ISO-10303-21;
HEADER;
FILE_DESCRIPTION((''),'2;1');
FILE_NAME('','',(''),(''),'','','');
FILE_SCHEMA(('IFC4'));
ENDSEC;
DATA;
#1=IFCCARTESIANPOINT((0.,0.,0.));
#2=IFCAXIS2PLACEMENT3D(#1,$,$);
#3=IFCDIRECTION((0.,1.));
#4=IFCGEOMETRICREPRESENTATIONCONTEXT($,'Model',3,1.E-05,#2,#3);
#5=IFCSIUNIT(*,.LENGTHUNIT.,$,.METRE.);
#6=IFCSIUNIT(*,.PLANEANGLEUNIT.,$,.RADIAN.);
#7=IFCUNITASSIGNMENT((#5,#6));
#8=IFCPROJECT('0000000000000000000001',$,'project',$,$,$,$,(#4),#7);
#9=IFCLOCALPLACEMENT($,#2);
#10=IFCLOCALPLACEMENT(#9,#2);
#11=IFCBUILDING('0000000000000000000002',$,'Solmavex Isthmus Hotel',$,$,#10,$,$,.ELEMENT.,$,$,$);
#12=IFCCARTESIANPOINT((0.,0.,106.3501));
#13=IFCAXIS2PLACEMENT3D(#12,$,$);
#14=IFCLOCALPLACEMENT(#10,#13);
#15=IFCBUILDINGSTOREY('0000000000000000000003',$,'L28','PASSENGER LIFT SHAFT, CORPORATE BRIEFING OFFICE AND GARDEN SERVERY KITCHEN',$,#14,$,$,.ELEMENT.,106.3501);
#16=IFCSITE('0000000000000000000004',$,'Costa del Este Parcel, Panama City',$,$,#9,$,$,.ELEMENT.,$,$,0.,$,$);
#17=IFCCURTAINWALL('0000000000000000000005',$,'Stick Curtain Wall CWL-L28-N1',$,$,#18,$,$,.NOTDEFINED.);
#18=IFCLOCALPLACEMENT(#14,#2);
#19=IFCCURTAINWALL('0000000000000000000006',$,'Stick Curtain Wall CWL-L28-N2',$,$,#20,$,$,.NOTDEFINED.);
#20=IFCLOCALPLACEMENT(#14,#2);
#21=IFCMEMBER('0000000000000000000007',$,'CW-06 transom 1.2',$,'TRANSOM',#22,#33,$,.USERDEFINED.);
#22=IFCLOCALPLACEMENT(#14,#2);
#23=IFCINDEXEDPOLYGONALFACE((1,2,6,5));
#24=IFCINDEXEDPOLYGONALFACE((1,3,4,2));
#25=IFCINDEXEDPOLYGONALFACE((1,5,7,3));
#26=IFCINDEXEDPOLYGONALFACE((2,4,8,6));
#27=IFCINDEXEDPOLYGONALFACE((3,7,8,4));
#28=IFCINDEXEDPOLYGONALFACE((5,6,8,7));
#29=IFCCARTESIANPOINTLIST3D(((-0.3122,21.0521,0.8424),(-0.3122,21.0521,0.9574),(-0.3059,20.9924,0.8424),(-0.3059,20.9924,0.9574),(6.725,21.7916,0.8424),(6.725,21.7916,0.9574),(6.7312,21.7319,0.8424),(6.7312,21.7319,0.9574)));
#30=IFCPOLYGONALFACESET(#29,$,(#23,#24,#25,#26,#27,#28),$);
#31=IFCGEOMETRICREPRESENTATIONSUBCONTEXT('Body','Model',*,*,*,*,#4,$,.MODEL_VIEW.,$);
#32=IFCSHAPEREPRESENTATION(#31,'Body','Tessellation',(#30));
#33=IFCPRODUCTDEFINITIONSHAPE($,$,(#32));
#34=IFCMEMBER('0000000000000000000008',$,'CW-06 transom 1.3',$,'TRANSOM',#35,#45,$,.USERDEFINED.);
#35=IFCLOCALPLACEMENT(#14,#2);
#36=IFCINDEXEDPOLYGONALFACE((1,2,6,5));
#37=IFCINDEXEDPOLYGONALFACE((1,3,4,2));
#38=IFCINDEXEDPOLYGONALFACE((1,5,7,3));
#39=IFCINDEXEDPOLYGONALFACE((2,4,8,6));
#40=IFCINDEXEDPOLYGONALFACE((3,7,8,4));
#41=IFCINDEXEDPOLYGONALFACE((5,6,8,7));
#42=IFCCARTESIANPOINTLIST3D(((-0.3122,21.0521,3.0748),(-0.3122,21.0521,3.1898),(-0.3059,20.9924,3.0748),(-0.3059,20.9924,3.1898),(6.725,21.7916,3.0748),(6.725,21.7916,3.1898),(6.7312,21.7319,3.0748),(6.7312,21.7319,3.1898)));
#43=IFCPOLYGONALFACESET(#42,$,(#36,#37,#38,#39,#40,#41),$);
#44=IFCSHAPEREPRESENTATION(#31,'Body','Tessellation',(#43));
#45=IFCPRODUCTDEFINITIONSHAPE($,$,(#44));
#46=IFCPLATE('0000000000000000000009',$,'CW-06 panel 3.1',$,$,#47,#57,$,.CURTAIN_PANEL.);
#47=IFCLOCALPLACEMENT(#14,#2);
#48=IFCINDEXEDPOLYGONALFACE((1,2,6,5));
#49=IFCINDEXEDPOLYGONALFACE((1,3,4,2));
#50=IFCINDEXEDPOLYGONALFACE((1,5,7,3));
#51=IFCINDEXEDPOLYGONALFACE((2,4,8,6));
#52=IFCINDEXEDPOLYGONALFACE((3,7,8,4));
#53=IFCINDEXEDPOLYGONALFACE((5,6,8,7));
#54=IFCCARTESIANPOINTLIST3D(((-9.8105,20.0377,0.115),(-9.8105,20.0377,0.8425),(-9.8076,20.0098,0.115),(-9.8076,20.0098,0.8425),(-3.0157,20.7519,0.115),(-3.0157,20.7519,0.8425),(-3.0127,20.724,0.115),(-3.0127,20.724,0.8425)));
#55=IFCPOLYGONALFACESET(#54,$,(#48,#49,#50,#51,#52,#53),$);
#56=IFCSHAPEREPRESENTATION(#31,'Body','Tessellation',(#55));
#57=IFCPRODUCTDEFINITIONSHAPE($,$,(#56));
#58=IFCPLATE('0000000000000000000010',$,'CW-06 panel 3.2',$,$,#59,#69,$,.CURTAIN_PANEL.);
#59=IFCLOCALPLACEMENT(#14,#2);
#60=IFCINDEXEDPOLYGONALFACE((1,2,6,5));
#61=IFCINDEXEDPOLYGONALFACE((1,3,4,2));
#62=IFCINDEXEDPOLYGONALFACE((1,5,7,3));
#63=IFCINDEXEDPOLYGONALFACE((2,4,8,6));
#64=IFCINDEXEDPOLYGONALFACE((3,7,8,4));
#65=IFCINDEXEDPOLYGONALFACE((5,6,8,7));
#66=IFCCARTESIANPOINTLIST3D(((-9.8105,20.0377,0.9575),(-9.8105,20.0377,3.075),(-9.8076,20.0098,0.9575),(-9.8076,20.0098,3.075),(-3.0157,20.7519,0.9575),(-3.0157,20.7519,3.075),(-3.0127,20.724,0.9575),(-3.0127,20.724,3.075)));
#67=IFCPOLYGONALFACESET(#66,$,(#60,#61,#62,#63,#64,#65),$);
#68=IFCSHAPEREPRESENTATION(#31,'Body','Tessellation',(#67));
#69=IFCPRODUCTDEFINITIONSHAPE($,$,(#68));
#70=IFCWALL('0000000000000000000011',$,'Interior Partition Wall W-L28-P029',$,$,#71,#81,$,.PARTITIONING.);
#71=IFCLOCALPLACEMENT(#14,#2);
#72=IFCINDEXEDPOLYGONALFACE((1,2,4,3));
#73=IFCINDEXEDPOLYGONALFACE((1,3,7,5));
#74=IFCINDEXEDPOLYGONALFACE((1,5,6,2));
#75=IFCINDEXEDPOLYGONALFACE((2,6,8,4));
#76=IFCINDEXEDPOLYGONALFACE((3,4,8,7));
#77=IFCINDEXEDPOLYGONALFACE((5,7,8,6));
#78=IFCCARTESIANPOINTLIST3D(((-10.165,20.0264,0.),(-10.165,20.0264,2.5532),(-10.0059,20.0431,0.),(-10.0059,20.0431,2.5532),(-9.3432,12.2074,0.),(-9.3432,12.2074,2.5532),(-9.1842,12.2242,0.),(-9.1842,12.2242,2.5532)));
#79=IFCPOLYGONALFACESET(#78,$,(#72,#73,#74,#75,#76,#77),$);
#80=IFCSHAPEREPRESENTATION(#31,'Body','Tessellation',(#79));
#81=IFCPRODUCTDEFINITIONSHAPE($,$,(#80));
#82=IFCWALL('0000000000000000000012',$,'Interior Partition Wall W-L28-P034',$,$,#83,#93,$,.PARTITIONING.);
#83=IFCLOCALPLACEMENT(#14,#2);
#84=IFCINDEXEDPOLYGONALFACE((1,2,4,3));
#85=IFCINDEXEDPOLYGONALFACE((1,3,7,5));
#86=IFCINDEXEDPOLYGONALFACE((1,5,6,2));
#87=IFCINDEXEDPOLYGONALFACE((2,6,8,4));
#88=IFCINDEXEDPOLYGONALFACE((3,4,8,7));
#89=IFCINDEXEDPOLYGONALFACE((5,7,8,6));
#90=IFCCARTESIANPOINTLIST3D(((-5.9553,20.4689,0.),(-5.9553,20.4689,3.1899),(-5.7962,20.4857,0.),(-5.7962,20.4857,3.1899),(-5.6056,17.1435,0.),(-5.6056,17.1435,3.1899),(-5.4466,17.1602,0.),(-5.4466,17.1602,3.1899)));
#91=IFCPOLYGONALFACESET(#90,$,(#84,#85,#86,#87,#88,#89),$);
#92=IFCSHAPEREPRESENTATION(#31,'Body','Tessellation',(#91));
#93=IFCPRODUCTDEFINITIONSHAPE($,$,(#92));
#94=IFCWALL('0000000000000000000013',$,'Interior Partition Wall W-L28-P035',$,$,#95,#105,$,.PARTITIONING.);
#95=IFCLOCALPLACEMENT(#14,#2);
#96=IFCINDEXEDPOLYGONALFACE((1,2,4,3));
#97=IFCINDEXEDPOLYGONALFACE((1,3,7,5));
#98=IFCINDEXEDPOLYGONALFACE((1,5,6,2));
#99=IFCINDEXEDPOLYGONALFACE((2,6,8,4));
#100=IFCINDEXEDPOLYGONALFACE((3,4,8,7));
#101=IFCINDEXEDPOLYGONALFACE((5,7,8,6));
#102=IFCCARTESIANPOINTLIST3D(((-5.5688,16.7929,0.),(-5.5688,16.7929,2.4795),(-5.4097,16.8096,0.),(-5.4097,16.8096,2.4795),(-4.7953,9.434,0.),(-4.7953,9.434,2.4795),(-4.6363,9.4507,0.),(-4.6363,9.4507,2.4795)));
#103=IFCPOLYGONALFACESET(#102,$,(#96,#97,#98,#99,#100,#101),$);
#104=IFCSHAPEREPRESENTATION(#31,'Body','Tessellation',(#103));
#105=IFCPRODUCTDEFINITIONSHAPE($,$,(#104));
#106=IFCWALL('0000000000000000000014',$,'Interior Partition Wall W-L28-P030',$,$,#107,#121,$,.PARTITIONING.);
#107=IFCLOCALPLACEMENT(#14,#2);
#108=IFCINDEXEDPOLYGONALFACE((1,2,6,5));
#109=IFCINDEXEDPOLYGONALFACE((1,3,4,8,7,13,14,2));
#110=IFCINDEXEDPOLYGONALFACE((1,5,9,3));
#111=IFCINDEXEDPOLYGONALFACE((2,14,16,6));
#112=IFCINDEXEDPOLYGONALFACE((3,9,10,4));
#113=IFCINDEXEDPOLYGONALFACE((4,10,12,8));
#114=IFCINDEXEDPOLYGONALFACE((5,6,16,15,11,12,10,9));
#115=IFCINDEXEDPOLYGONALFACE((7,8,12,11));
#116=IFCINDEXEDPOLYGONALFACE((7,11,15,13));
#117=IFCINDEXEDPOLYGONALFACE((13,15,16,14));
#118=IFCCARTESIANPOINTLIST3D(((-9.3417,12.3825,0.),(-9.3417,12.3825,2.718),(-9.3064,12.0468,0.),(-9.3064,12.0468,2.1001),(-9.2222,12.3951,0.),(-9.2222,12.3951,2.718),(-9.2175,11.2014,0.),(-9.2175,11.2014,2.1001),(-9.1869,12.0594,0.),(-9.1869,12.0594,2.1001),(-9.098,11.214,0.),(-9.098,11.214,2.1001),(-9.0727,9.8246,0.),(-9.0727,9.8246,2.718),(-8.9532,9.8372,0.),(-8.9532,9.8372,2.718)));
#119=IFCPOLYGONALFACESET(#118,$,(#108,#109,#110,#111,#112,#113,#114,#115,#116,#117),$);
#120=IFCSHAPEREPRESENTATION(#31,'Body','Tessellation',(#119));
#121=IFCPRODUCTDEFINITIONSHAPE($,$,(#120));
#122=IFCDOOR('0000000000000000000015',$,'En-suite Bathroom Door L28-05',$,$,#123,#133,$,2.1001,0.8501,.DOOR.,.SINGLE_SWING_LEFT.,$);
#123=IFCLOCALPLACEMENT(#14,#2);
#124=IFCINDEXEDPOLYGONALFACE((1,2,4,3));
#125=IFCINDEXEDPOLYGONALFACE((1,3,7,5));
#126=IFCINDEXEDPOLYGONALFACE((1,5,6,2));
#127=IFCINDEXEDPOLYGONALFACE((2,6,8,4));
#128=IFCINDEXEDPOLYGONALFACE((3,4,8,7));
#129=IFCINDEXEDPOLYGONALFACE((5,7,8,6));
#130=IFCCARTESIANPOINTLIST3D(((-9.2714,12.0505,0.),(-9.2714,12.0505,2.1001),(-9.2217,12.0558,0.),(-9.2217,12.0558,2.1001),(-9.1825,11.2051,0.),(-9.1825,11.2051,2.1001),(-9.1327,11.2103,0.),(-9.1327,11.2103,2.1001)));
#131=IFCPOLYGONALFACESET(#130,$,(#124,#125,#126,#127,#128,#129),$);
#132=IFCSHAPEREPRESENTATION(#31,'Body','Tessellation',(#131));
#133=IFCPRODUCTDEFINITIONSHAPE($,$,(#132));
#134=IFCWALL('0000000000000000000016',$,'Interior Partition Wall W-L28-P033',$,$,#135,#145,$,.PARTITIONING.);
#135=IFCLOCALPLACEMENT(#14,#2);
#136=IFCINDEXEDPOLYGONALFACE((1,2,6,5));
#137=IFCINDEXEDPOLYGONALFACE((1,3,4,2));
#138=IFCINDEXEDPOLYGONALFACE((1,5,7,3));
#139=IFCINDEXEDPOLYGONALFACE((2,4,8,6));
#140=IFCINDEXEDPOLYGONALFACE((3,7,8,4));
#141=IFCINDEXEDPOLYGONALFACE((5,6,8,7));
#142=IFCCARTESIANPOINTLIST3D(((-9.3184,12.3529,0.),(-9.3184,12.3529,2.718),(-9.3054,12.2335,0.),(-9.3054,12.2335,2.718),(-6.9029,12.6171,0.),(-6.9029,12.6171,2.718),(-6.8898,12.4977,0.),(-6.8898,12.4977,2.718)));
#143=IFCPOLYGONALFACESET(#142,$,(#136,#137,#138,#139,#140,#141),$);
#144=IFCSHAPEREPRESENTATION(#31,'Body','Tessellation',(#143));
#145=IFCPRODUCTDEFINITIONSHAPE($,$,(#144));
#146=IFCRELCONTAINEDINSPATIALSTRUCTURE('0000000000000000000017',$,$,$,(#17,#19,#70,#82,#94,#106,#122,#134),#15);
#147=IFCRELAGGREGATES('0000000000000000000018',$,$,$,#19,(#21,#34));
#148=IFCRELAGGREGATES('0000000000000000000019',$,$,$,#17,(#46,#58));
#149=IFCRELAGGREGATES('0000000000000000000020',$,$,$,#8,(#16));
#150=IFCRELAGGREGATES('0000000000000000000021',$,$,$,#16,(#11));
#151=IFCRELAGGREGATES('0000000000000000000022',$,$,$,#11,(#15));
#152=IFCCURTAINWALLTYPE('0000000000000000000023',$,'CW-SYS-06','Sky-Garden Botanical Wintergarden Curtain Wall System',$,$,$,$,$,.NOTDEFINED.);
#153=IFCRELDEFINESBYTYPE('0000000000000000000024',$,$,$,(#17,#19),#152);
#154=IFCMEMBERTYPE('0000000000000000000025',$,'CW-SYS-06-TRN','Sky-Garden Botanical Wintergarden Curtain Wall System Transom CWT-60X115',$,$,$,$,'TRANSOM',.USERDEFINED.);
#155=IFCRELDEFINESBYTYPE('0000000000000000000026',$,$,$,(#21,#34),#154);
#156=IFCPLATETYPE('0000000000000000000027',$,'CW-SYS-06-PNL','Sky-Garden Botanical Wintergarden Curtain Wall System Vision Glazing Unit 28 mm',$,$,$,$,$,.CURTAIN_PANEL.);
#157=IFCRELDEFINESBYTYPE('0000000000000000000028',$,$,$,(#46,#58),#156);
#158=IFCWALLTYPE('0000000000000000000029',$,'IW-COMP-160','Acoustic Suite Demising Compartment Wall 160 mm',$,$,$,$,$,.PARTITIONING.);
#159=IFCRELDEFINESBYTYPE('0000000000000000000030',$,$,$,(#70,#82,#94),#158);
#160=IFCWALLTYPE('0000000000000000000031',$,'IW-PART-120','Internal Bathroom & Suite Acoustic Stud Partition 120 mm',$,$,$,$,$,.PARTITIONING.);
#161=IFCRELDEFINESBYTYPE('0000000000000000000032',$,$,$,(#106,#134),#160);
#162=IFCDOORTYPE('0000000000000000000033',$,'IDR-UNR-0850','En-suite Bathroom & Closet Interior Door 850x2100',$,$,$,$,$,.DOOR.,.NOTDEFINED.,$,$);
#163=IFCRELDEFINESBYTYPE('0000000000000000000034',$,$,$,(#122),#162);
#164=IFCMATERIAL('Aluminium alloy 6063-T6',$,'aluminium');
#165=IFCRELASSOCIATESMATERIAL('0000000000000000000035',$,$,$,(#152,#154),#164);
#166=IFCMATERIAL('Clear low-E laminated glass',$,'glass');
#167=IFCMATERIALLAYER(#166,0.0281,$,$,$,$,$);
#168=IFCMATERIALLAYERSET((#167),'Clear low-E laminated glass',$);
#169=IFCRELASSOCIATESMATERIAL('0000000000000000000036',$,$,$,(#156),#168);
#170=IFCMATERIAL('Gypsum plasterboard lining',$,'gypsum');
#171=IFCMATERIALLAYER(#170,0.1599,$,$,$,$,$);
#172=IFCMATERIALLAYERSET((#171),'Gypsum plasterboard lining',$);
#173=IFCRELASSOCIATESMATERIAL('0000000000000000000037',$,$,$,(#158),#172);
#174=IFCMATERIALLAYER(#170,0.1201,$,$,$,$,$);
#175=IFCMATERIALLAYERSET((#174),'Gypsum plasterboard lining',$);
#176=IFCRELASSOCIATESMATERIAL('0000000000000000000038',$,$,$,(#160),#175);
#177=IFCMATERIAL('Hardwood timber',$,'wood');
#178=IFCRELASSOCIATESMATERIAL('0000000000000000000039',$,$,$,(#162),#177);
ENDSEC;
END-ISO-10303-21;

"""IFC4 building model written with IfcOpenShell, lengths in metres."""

from ifc_helpers import new_model, si_unit, direction, frame, frame_2d, origin, origin_2d, place, context, subcontext, project, spatial, rectangle, extrude, material, layer, layer_set, material_profile, profile_set, type_object, element, fill, aggregate, save


model = new_model("IFC4")

# Units and contexts
model_context = context("Model", 3, precision=1e-05, world=origin(), true_north=direction((0.0, 1.0)))
body_context = subcontext(model_context, "Body", "Model", "MODEL_VIEW")
ifc_project = project(units=[si_unit("LENGTHUNIT", "METRE"), si_unit("PLANEANGLEUNIT", "RADIAN")], contexts=[model_context])

# Site, building, storey
site_placement = place(None, origin())
site = spatial("IfcSite", under=ifc_project, at=site_placement, Name="Costa del Este Parcel, Panama City", CompositionType="ELEMENT", RefElevation=0.0)
building_placement = place(site_placement, origin())
building = spatial("IfcBuilding", under=site, at=building_placement, Name="Solmavex Isthmus Hotel", CompositionType="ELEMENT")
storey_placement = place(building_placement, frame((0.0, 0.0, 106.3501)))
storey = spatial("IfcBuildingStorey", under=building, at=storey_placement, Name="L28", Description="PASSENGER LIFT SHAFT, CORPORATE BRIEFING OFFICE AND GARDEN SERVERY KITCHEN", CompositionType="ELEMENT", Elevation=106.3501)

# Curtain wall
ifc_material_1 = material(Name="Aluminium alloy 6063-T6", Category="aluminium")
curtain_wall_type = type_object("IfcCurtainWallType", Name="CW-SYS-06", Description="Sky-Garden Botanical Wintergarden Curtain Wall System", PredefinedType="NOTDEFINED", material=ifc_material_1)
curtain_wall_1_placement = place(storey_placement, origin())
curtain_wall_1 = element("IfcCurtainWall", 1, at=curtain_wall_1_placement, inside=storey, type_object=curtain_wall_type, Name="Stick Curtain Wall CWL-L28-N1", PredefinedType="NOTDEFINED")

# Curtain wall
curtain_wall_2_placement = place(storey_placement, origin())
curtain_wall_2 = element("IfcCurtainWall", 2, at=curtain_wall_2_placement, inside=storey, type_object=curtain_wall_type, Name="Stick Curtain Wall CWL-L28-N2", PredefinedType="NOTDEFINED")

# Members
ifc_material_profile_1 = material_profile(ifc_material_1, rectangle(XDim=0.0601, YDim=0.115, at=origin_2d()), Name="CWT-60X115")
ifc_profile_set_1 = profile_set([ifc_material_profile_1], Name="Aluminium alloy 6063-T6")
member_type_1 = type_object("IfcMemberType", Name="CW-SYS-06-TRN", Description="Sky-Garden Botanical Wintergarden Curtain Wall System Transom CWT-60X115", ElementType="TRANSOM", PredefinedType="USERDEFINED", material=ifc_profile_set_1)
member_1_placement = place(storey_placement, frame((-0.3091, 21.0222, 0.8999), z_axis=(0.994524, 0.104511, 0.0), x_axis=(-0.104511, 0.994524, 0.0)))
member_1 = element("IfcMember", 3, at=member_1_placement, type_object=member_type_1, Name="CW-06 transom 1.2", ObjectType="TRANSOM", PredefinedType="USERDEFINED", context=body_context, shape_type="SweptSolid", body=[
    extrude(rectangle(XDim=0.0601, YDim=0.115, at=origin_2d()), origin(), (0.0, 0.0, 1.0), 7.0759),
])
member_2_placement = place(storey_placement, frame((-0.3091, 21.0222, 3.1323), z_axis=(0.994524, 0.104511, 0.0), x_axis=(-0.104511, 0.994524, 0.0)))
member_2 = element("IfcMember", 4, at=member_2_placement, type_object=member_type_1, Name="CW-06 transom 1.3", ObjectType="TRANSOM", PredefinedType="USERDEFINED", context=body_context, shape_type="SweptSolid", body=[
    extrude(rectangle(XDim=0.0601, YDim=0.115, at=origin_2d()), origin(), (0.0, 0.0, 1.0), 7.0759),
])
aggregate(curtain_wall_2, [member_1, member_2])

# Plates
ifc_material_2 = material(Name="Clear low-E laminated glass", Category="glass")
ifc_layer_1 = layer(ifc_material_2, 0.0281)
ifc_layer_set_1 = layer_set([ifc_layer_1], Name="Clear low-E laminated glass")
plate_type = type_object("IfcPlateType", Name="CW-SYS-06-PNL", Description="Sky-Garden Botanical Wintergarden Curtain Wall System Vision Glazing Unit 28 mm", PredefinedType="CURTAIN_PANEL", material=ifc_layer_set_1)
plate_1_placement = place(storey_placement, frame((-6.4116, 20.3809, 0.115), z_axis=(0.0, 0.0, 1.0), x_axis=(0.994522, 0.104528, 0.0)))
plate_1 = element("IfcPlate", 5, at=plate_1_placement, type_object=plate_type, Name="CW-06 panel 3.1", PredefinedType="CURTAIN_PANEL", context=body_context, shape_type="SweptSolid", body=[
    extrude(rectangle(XDim=6.8323, YDim=0.0281, at=origin_2d()), origin(), (0.0, 0.0, 1.0), 0.7275),
])
plate_2_placement = place(storey_placement, frame((-6.4116, 20.3809, 0.9575), z_axis=(0.0, 0.0, 1.0), x_axis=(0.994522, 0.104528, 0.0)))
plate_2 = element("IfcPlate", 6, at=plate_2_placement, type_object=plate_type, Name="CW-06 panel 3.2", PredefinedType="CURTAIN_PANEL", context=body_context, shape_type="SweptSolid", body=[
    extrude(rectangle(XDim=6.8323, YDim=0.0281, at=origin_2d()), origin(), (0.0, 0.0, 1.0), 2.1174),
])
aggregate(curtain_wall_1, [plate_1, plate_2])

# Walls
ifc_material_3 = material(Name="Gypsum plasterboard lining", Category="gypsum")
ifc_layer_2 = layer(ifc_material_3, 0.1599)
ifc_layer_set_2 = layer_set([ifc_layer_2], Name="Gypsum plasterboard lining")
wall_type_1 = type_object("IfcWallType", Name="IW-COMP-160", Description="Acoustic Suite Demising Compartment Wall 160 mm", PredefinedType="PARTITIONING", material=ifc_layer_set_2)
wall_1_placement = place(storey_placement, frame((-10.0854, 20.0349, 0.0), z_axis=(0.0, 0.0, 1.0), x_axis=(0.104523, -0.994522, 0.0)))
element("IfcWall", 7, at=wall_1_placement, inside=storey, type_object=wall_type_1, Name="Interior Partition Wall W-L28-P029", PredefinedType="PARTITIONING", context=body_context, shape_type="SweptSolid", body=[
    extrude(rectangle(XDim=7.8621, YDim=0.1599, at=frame_2d((3.9312, 0.0))), origin(), (0.0, 0.0, 1.0), 2.5532),
])
wall_2_placement = place(storey_placement, frame((-5.8757, 20.4773, 0.0), z_axis=(0.0, 0.0, 1.0), x_axis=(0.104556, -0.994519, 0.0)))
element("IfcWall", 8, at=wall_2_placement, inside=storey, type_object=wall_type_1, Name="Interior Partition Wall W-L28-P034", PredefinedType="PARTITIONING", context=body_context, shape_type="SweptSolid", body=[
    extrude(rectangle(XDim=3.3438, YDim=0.1599, at=frame_2d((1.6719, 0.0))), origin(), (0.0, 0.0, 1.0), 3.1899),
])
wall_3_placement = place(storey_placement, frame((-5.4893, 16.8013, 0.0), z_axis=(0.0, 0.0, 1.0), x_axis=(0.104527, -0.994522, 0.0)))
element("IfcWall", 9, at=wall_3_placement, inside=storey, type_object=wall_type_1, Name="Interior Partition Wall W-L28-P035", PredefinedType="PARTITIONING", context=body_context, shape_type="SweptSolid", body=[
    extrude(rectangle(XDim=7.3994, YDim=0.1599, at=frame_2d((3.6997, 0.0))), origin(), (0.0, 0.0, 1.0), 2.4795),
])

# Wall, opening, door
ifc_layer_3 = layer(ifc_material_3, 0.1201)
ifc_layer_set_3 = layer_set([ifc_layer_3], Name="Gypsum plasterboard lining")
wall_type_2 = type_object("IfcWallType", Name="IW-PART-120", Description="Internal Bathroom & Suite Acoustic Stud Partition 120 mm", PredefinedType="PARTITIONING", material=ifc_layer_set_3)
wall_4_placement = place(storey_placement, frame((-9.282, 12.3889, 0.0), z_axis=(0.0, 0.0, 1.0), x_axis=(0.104606, -0.994514, 0.0)))
wall_4 = element("IfcWall", 10, at=wall_4_placement, inside=storey, type_object=wall_type_2, Name="Interior Partition Wall W-L28-P030", PredefinedType="PARTITIONING", context=body_context, shape_type="SweptSolid", body=[
    extrude(rectangle(XDim=2.572, YDim=0.1201, at=frame_2d((1.2861, 0.0))), origin(), (0.0, 0.0, 1.0), 2.718),
])
opening_1_placement = place(wall_4_placement, frame((0.3376, 0.0, 0.0)))
opening_1 = element("IfcOpeningElement", 11, at=opening_1_placement, cuts=wall_4, PredefinedType="OPENING", context=body_context, shape_type="SweptSolid", body=[
    extrude(rectangle(XDim=0.8501, YDim=2.1001, at=frame_2d((0.425, 1.05))), frame((0.0, 0.0701, 0.0), z_axis=(0.0, -1.0, 0.0), x_axis=(1.0, 0.0, 0.0)), (0.0, 0.0, 1.0), 0.1401),
])
ifc_material_4 = material(Name="Hardwood timber", Category="wood")
door_type_1 = type_object("IfcDoorType", Name="IDR-UNR-0850", Description="En-suite Bathroom & Closet Interior Door 850x2100", OperationType="NOTDEFINED", PredefinedType="DOOR", material=ifc_material_4)
door_1_placement = place(opening_1_placement, frame((0.8501, 0.0, 0.0), z_axis=(0.0, 0.0, 1.0), x_axis=(-1.0, 0.0, 0.0)))
door_1 = element("IfcDoor", 12, at=door_1_placement, inside=storey, type_object=door_type_1, Name="En-suite Bathroom Door L28-05", OperationType="SINGLE_SWING_LEFT", OverallHeight=2.1001, OverallWidth=0.8501, PredefinedType="DOOR", context=body_context, shape_type="SweptSolid", body=[
    extrude(rectangle(XDim=0.8501, YDim=2.1001, at=frame_2d((0.425, 1.05))), frame((0.0, 0.0249, 0.0), z_axis=(0.0, -1.0, 0.0), x_axis=(1.0, 0.0, 0.0)), (0.0, 0.0, 1.0), 0.05),
])
fill(opening_1, door_1)

# Wall
wall_5_placement = place(storey_placement, frame((-6.8965, 12.5574, 0.0), z_axis=(0.0, 0.0, 1.0), x_axis=(-0.994073, -0.108711, 0.0)))
element("IfcWall", 13, at=wall_5_placement, inside=storey, type_object=wall_type_2, Name="Interior Partition Wall W-L28-P033", PredefinedType="PARTITIONING", context=body_context, shape_type="SweptSolid", body=[
    extrude(rectangle(XDim=2.4299, YDim=0.1201, at=frame_2d((1.2148, 0.0))), origin(), (0.0, 0.0, 1.0), 2.718),
])

save(model, "model.ifc")
